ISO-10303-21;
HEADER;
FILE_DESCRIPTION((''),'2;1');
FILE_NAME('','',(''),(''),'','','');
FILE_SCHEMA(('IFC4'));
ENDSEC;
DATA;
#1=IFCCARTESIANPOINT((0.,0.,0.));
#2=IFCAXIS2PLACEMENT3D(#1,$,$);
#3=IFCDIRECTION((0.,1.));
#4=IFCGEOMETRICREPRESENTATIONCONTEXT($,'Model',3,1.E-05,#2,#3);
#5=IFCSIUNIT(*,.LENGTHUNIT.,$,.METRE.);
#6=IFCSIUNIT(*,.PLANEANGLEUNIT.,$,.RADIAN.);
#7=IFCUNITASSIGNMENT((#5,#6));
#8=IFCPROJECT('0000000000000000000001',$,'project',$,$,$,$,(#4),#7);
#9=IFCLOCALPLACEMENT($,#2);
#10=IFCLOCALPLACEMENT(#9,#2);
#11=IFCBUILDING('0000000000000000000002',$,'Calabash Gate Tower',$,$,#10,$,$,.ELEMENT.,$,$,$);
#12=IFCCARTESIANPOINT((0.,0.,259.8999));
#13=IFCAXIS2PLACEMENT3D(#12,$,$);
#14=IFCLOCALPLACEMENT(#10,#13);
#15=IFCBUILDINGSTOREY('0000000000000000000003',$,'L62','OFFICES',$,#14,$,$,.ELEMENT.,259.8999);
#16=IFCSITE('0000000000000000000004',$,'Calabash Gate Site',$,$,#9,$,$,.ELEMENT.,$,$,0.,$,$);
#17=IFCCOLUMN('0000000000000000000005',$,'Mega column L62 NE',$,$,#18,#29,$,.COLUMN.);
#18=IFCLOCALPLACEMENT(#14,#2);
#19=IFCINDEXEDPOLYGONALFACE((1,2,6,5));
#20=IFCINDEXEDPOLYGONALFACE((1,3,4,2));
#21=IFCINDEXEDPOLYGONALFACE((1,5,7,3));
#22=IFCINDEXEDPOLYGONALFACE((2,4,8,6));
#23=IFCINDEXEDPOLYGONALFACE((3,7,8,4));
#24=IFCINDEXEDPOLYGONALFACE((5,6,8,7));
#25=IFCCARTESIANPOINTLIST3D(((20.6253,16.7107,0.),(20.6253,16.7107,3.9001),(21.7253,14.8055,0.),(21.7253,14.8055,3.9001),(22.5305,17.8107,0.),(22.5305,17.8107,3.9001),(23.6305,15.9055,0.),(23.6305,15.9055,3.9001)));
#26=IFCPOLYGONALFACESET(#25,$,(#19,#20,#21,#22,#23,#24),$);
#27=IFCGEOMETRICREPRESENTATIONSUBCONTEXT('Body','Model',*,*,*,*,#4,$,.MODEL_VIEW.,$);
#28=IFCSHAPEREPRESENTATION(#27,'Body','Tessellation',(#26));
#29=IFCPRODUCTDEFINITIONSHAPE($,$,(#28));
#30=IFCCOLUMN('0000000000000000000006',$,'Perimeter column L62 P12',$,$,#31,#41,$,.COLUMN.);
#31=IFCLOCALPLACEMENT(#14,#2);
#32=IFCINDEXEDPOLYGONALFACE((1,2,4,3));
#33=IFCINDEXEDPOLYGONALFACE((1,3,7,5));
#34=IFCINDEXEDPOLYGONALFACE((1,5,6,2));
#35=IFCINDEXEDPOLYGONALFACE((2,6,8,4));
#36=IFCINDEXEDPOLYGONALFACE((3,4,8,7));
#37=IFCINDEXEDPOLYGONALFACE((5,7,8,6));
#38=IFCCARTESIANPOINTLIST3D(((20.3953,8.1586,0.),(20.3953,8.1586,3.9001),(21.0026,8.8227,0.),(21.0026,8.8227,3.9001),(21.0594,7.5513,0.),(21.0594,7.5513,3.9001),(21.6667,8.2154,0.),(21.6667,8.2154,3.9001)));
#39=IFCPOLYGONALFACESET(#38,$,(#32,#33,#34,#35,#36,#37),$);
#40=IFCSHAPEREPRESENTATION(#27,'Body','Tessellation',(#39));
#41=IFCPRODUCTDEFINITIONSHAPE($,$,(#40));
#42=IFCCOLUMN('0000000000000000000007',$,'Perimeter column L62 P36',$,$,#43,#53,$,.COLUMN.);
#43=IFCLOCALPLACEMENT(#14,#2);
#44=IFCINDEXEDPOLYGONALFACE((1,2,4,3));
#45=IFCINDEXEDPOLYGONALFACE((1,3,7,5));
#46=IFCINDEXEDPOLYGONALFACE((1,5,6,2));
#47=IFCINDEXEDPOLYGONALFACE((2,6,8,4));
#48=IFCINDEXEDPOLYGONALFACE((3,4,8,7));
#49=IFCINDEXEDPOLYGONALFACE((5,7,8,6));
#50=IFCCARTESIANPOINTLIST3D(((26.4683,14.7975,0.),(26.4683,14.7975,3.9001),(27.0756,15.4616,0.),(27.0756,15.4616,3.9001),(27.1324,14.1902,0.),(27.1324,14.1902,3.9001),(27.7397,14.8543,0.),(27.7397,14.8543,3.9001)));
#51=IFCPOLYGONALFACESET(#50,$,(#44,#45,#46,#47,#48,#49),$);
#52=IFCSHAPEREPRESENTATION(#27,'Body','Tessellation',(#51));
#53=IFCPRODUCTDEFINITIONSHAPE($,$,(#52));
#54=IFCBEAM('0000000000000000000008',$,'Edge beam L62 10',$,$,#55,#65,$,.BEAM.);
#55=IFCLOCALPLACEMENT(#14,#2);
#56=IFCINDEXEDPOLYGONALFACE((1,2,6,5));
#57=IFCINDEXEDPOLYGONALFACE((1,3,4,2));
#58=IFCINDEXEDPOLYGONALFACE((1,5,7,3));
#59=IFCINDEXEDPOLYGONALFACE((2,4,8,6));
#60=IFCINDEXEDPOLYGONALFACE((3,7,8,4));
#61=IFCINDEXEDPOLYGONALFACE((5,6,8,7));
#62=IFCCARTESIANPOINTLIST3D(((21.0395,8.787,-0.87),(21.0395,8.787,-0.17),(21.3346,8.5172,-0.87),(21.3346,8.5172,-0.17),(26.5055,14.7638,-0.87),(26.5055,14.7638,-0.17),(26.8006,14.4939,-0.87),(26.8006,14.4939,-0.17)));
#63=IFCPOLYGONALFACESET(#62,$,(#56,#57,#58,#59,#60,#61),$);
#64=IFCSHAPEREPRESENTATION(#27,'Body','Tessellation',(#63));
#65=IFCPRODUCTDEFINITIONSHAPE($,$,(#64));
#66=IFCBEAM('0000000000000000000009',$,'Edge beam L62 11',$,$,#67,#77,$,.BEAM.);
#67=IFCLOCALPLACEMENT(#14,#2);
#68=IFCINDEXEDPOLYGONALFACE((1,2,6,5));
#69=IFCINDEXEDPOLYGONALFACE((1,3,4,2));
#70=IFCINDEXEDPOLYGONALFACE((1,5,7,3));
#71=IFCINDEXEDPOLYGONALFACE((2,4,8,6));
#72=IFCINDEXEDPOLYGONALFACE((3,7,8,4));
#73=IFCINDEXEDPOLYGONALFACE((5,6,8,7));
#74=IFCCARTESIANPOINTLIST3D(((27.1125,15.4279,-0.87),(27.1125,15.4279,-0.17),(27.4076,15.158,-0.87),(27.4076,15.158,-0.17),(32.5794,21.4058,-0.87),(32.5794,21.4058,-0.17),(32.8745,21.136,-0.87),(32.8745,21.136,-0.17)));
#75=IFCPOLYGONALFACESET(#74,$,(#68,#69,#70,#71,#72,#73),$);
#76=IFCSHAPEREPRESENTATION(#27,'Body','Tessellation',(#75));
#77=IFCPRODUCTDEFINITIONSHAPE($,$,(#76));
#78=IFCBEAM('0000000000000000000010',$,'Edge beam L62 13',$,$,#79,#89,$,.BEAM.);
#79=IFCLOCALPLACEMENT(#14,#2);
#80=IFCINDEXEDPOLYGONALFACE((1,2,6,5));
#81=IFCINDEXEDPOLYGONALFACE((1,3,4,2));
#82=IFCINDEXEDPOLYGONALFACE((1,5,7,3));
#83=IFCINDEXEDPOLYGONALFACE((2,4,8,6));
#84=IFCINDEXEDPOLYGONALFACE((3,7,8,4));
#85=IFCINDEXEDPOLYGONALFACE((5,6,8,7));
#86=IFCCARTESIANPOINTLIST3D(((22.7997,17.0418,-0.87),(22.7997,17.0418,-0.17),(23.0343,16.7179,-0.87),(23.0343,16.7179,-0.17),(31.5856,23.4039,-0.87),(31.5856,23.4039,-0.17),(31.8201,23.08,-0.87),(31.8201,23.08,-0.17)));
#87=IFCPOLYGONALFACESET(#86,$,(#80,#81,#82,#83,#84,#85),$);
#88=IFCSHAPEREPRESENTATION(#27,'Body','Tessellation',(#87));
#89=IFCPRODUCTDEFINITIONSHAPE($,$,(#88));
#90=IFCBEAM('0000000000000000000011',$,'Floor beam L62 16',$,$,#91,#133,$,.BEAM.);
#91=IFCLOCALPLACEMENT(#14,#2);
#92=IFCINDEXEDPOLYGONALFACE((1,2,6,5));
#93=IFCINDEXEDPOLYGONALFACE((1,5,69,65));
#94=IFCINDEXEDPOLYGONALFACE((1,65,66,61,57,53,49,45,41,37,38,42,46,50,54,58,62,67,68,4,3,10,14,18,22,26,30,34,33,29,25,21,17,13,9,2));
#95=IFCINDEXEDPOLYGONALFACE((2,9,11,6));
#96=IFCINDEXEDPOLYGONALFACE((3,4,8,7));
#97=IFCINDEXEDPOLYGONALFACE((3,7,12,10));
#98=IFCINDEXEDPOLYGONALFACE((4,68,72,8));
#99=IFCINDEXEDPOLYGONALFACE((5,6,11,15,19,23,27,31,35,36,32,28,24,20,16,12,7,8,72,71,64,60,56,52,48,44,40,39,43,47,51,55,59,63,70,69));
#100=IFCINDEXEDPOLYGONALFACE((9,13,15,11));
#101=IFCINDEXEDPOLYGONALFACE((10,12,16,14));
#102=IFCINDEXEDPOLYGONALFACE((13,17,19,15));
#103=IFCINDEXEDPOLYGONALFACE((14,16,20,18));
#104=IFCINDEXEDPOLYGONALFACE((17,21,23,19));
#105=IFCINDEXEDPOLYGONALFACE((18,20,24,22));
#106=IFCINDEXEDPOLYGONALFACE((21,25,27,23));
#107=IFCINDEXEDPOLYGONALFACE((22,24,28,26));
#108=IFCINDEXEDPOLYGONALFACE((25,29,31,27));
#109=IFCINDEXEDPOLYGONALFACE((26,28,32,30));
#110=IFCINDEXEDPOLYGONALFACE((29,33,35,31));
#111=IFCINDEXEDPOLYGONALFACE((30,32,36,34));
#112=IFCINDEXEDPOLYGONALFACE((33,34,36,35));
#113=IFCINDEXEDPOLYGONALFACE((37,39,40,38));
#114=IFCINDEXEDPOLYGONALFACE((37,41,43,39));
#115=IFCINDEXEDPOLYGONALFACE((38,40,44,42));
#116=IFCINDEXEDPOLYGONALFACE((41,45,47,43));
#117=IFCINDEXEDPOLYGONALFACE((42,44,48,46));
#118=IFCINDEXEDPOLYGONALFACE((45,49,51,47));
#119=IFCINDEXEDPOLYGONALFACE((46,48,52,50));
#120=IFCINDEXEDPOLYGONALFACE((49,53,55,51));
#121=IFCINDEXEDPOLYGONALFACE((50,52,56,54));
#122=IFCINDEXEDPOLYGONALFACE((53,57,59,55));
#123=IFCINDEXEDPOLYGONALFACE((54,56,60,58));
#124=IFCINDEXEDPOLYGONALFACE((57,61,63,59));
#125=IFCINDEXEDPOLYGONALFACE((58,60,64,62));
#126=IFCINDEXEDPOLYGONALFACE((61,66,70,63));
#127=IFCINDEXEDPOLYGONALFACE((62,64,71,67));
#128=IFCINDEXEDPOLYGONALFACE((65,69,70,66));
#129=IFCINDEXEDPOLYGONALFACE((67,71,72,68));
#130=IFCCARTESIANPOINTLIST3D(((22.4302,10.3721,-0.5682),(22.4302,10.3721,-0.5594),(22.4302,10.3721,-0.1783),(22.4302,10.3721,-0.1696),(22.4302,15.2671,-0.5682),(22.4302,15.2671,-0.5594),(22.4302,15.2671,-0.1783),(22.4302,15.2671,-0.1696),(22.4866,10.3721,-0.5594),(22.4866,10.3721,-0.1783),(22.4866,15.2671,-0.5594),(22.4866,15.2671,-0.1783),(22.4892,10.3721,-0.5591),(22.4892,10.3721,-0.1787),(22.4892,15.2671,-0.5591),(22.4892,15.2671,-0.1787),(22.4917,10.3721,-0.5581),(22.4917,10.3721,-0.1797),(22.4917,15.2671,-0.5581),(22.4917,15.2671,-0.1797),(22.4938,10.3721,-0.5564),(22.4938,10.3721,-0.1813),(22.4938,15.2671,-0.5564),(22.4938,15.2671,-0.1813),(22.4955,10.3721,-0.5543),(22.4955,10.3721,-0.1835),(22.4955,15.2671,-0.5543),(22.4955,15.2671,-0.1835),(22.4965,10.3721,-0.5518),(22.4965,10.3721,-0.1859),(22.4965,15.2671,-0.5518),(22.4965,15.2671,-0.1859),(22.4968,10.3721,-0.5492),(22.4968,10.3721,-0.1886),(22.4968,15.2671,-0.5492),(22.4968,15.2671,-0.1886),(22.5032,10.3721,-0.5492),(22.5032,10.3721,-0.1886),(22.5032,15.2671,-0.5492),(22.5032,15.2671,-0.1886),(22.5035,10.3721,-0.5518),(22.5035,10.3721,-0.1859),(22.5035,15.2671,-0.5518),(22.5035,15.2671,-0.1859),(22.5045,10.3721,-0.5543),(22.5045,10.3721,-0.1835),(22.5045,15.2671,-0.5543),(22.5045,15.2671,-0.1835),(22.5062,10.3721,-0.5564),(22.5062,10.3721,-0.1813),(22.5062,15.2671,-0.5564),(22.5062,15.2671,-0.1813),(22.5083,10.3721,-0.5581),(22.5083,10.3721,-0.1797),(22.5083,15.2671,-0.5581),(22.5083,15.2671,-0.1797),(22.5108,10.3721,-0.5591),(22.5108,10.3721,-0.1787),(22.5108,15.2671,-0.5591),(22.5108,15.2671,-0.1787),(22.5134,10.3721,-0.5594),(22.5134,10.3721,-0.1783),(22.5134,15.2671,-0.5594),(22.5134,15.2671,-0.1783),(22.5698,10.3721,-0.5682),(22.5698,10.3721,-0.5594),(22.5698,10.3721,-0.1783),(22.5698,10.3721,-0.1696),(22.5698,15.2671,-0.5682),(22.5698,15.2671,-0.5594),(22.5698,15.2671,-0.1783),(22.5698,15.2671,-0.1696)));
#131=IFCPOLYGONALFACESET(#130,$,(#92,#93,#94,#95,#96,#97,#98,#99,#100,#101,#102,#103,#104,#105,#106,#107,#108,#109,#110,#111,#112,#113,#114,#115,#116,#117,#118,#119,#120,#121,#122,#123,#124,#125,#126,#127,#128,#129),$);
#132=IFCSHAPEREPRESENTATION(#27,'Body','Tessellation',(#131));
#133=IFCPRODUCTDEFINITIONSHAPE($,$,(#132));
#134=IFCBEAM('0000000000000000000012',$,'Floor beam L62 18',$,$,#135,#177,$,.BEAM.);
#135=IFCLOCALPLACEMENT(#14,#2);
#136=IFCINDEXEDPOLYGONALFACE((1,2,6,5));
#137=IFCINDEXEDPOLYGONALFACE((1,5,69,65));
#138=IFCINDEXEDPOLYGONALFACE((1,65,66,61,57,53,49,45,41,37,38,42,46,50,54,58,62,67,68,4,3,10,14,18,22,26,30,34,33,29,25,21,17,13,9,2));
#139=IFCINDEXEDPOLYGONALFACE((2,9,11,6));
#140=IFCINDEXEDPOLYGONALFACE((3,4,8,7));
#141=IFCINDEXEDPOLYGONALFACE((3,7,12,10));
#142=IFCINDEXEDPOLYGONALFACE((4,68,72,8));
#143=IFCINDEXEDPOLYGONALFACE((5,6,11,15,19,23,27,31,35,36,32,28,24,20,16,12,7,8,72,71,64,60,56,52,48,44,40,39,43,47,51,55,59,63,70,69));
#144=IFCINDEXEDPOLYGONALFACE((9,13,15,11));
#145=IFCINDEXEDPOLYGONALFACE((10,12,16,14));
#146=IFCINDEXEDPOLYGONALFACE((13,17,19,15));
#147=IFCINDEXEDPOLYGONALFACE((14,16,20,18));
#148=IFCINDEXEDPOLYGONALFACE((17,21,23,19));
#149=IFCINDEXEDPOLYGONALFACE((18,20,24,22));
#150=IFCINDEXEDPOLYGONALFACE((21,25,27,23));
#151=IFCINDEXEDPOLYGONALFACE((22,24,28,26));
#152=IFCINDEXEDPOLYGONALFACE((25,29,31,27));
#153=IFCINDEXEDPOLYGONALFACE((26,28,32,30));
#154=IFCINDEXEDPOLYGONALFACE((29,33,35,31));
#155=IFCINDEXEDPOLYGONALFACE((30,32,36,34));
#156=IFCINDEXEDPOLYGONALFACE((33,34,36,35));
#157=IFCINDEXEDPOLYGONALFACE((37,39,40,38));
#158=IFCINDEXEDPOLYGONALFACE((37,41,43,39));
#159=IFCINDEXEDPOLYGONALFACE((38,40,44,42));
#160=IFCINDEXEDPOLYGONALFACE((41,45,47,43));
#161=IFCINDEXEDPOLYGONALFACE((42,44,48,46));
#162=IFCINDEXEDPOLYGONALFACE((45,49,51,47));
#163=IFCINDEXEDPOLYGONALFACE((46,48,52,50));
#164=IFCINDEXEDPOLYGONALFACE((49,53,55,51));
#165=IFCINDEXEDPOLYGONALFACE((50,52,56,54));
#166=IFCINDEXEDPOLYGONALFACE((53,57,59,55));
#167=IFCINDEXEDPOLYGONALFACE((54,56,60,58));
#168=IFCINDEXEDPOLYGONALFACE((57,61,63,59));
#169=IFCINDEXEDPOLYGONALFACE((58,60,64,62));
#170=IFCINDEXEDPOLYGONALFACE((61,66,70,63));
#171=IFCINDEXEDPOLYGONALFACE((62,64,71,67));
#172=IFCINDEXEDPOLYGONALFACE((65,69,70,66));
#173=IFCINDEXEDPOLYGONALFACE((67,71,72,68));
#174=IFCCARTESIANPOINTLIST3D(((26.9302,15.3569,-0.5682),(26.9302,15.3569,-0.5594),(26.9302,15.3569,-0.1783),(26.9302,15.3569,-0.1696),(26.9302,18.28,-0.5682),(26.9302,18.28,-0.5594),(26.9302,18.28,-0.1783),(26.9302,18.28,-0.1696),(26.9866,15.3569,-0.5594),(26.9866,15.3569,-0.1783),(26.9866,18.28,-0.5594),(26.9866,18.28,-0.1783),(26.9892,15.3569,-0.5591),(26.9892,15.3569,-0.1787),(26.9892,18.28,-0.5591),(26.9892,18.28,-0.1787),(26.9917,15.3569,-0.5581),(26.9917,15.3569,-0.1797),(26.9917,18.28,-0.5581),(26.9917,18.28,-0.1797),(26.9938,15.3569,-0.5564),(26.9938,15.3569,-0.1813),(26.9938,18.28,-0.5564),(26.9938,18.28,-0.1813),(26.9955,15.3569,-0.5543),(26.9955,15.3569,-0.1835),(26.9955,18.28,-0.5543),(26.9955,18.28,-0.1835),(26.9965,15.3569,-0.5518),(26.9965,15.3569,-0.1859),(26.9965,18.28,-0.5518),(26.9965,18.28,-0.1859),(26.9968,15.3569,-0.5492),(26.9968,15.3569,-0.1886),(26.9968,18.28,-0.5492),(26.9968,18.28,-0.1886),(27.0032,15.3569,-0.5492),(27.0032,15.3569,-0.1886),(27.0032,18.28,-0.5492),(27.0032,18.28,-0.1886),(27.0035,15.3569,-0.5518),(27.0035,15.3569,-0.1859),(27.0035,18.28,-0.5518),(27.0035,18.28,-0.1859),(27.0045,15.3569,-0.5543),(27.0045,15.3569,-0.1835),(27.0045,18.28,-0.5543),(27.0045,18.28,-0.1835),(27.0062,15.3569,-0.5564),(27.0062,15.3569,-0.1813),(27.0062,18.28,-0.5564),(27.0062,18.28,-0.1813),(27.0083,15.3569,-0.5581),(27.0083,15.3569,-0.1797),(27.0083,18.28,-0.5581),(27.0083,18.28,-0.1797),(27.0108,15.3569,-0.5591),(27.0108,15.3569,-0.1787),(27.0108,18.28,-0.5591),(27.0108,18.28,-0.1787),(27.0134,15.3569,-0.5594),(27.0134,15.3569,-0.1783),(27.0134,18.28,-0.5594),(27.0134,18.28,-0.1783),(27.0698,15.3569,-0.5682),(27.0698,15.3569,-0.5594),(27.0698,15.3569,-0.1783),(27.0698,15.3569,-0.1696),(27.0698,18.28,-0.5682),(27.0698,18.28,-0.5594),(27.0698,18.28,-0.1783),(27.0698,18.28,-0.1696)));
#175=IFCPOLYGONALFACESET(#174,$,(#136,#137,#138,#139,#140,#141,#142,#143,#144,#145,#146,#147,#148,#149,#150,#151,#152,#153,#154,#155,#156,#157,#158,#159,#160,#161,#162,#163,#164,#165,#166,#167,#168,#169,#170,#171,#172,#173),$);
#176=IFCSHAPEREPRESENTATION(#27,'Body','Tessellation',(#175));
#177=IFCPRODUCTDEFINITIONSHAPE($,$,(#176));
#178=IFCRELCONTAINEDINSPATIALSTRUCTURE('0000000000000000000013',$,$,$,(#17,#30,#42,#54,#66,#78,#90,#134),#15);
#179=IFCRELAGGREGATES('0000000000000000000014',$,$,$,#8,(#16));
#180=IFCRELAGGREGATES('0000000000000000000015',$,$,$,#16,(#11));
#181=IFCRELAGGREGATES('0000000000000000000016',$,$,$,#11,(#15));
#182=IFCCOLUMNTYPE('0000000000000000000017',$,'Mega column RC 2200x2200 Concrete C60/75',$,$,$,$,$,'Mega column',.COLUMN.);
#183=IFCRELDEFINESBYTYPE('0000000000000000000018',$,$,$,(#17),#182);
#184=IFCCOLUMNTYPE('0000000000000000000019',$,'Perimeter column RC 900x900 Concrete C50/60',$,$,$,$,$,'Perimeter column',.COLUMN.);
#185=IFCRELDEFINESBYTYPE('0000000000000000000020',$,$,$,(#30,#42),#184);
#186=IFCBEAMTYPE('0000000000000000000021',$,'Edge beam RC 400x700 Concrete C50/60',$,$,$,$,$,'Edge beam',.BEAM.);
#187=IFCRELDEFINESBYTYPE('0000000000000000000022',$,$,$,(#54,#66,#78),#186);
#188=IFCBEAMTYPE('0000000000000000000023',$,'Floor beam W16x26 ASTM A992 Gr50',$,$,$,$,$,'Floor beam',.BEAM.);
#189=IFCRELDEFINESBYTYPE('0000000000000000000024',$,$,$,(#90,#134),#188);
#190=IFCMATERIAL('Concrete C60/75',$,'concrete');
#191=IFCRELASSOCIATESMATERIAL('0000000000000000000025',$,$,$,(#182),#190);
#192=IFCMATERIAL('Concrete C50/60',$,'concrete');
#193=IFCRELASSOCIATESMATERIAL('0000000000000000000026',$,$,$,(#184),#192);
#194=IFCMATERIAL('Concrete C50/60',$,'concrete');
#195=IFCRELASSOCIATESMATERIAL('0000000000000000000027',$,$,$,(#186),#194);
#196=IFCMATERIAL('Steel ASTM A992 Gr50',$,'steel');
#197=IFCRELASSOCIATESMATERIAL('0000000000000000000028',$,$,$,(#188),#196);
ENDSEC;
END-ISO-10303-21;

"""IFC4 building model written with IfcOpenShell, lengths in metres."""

from ifc_helpers import new_model, si_unit, direction, frame, origin, origin_2d, place, context, subcontext, project, spatial, rectangle, i_section, extrude, material, material_profile, profile_set, type_object, element, save


model = new_model("IFC4")

# Units and contexts
model_context = context("Model", 3, precision=1e-05, world=origin(), true_north=direction((0.0, 1.0)))
body_context = subcontext(model_context, "Body", "Model", "MODEL_VIEW")
ifc_project = project(units=[si_unit("LENGTHUNIT", "METRE"), si_unit("PLANEANGLEUNIT", "RADIAN")], contexts=[model_context])

# Site, building, storey
site_placement = place(None, origin())
site = spatial("IfcSite", under=ifc_project, at=site_placement, Name="Calabash Gate Site", CompositionType="ELEMENT", RefElevation=0.0)
building_placement = place(site_placement, origin())
building = spatial("IfcBuilding", under=site, at=building_placement, Name="Calabash Gate Tower", CompositionType="ELEMENT")
storey_placement = place(building_placement, frame((0.0, 0.0, 259.8999)))
storey = spatial("IfcBuildingStorey", under=building, at=storey_placement, Name="L62", Description="OFFICES", CompositionType="ELEMENT", Elevation=259.8999)

# Columns
ifc_material_1 = material(Name="Concrete C60/75", Category="concrete")
ifc_material_profile_1 = material_profile(ifc_material_1, rectangle(XDim=2.2, YDim=2.2, at=origin_2d()))
ifc_profile_set_1 = profile_set([ifc_material_profile_1], Name="Concrete C60/75")
column_type_1 = type_object("IfcColumnType", Name="Mega column RC 2200x2200 Concrete C60/75", ElementType="Mega column", PredefinedType="COLUMN", material=ifc_profile_set_1)
column_placement = place(storey_placement, frame((22.1279, 16.3081, 0.0), z_axis=(0.0, 0.0, 1.0), x_axis=(-0.866025, -0.5, 0.0)))
element("IfcColumn", 1, at=column_placement, inside=storey, type_object=column_type_1, Name="Mega column L62 NE", PredefinedType="COLUMN", context=body_context, shape_type="SweptSolid", body=[
    extrude(rectangle(XDim=2.2, YDim=2.2, at=origin_2d()), origin(), (0.0, 0.0, 1.0), 3.9001),
])
ifc_material_2 = material(Name="Concrete C50/60", Category="concrete")
ifc_material_profile_2 = material_profile(ifc_material_2, rectangle(XDim=0.8999, YDim=0.8999, at=origin_2d()))
ifc_profile_set_2 = profile_set([ifc_material_profile_2], Name="Concrete C50/60")
column_type_2 = type_object("IfcColumnType", Name="Perimeter column RC 900x900 Concrete C50/60", ElementType="Perimeter column", PredefinedType="COLUMN", material=ifc_profile_set_2)
for number, where, z_axis, x_axis, name in (
    (2, (21.031, 8.187, 0.0), (0.0, 0.0, 1.0), (0.674856, 0.737949, 0.0), "Perimeter column L62 P12"),
    (3, (27.104, 14.8259, 0.0), (0.0, 0.0, 1.0), (0.674856, 0.737949, 0.0), "Perimeter column L62 P36"),
):
    element("IfcColumn", number, at=place(storey_placement, frame(where, z_axis=z_axis, x_axis=x_axis)), inside=storey, type_object=column_type_2, Name=name, PredefinedType="COLUMN", context=body_context, shape_type="SweptSolid", body=[
        extrude(rectangle(XDim=0.8999, YDim=0.8999, at=origin_2d()), origin(), (0.0, 0.0, 1.0), 3.9001),
    ])

# Beams
ifc_material_3 = material(Name="Concrete C50/60", Category="concrete")
ifc_material_profile_3 = material_profile(ifc_material_3, rectangle(XDim=0.3999, YDim=0.7, at=origin_2d()))
ifc_profile_set_3 = profile_set([ifc_material_profile_3], Name="Concrete C50/60")
beam_type_1 = type_object("IfcBeamType", Name="Edge beam RC 400x700 Concrete C50/60", ElementType="Edge beam", PredefinedType="BEAM", material=ifc_profile_set_3)
beam_1_placement = place(storey_placement, frame((21.187, 8.6521, -0.52), z_axis=(0.674874, 0.737933, 0.0), x_axis=(-0.737933, 0.674874, 0.0)))
element("IfcBeam", 4, at=beam_1_placement, inside=storey, type_object=beam_type_1, Name="Edge beam L62 10", PredefinedType="BEAM", context=body_context, shape_type="SweptSolid", body=[
    extrude(rectangle(XDim=0.3999, YDim=0.7, at=origin_2d()), origin(), (0.0, 0.0, 1.0), 8.0994),
])
beam_2_placement = place(storey_placement, frame((27.26, 15.293, -0.52), z_axis=(0.674864, 0.737942, 0.0), x_axis=(-0.737942, 0.674864, 0.0)))
element("IfcBeam", 5, at=beam_2_placement, inside=storey, type_object=beam_type_1, Name="Edge beam L62 11", PredefinedType="BEAM", context=body_context, shape_type="SweptSolid", body=[
    extrude(rectangle(XDim=0.3999, YDim=0.7, at=origin_2d()), origin(), (0.0, 0.0, 1.0), 8.1008),
])
beam_3_placement = place(storey_placement, frame((22.917, 16.8799, -0.52), z_axis=(0.809948, 0.586502, 0.0), x_axis=(-0.586502, 0.809948, 0.0)))
element("IfcBeam", 6, at=beam_3_placement, inside=storey, type_object=beam_type_1, Name="Edge beam L62 13", PredefinedType="BEAM", context=body_context, shape_type="SweptSolid", body=[
    extrude(rectangle(XDim=0.3999, YDim=0.7, at=origin_2d()), origin(), (0.0, 0.0, 1.0), 10.8474),
])
ifc_material_4 = material(Name="Steel ASTM A992 Gr50", Category="steel")
ifc_material_profile_4 = material_profile(ifc_material_4, i_section(OverallWidth=0.1396, OverallDepth=0.3987, WebThickness=0.0063, FlangeThickness=0.0088, FilletRadius=0.0103, at=origin_2d()))
ifc_profile_set_4 = profile_set([ifc_material_profile_4], Name="Steel ASTM A992 Gr50")
beam_type_2 = type_object("IfcBeamType", Name="Floor beam W16x26 ASTM A992 Gr50", ElementType="Floor beam", PredefinedType="BEAM", material=ifc_profile_set_4)
beam_4_placement = place(storey_placement, frame((22.5, 10.3721, -0.3689), z_axis=(0.0, 1.0, 0.0), x_axis=(-1.0, 0.0, 0.0)))
element("IfcBeam", 7, at=beam_4_placement, inside=storey, type_object=beam_type_2, Name="Floor beam L62 16", PredefinedType="BEAM", context=body_context, shape_type="SweptSolid", body=[
    extrude(i_section(OverallWidth=0.1396, OverallDepth=0.3987, WebThickness=0.0063, FlangeThickness=0.0088, FilletRadius=0.0103, at=origin_2d()), origin(), (0.0, 0.0, 1.0), 4.895),
])
beam_5_placement = place(storey_placement, frame((27.0, 15.3569, -0.3689), z_axis=(0.0, 1.0, 0.0), x_axis=(-1.0, 0.0, 0.0)))
element("IfcBeam", 8, at=beam_5_placement, inside=storey, type_object=beam_type_2, Name="Floor beam L62 18", PredefinedType="BEAM", context=body_context, shape_type="SweptSolid", body=[
    extrude(i_section(OverallWidth=0.1396, OverallDepth=0.3987, WebThickness=0.0063, FlangeThickness=0.0088, FilletRadius=0.0103, at=origin_2d()), origin(), (0.0, 0.0, 1.0), 2.9231),
])

save(model, "model.ifc")
